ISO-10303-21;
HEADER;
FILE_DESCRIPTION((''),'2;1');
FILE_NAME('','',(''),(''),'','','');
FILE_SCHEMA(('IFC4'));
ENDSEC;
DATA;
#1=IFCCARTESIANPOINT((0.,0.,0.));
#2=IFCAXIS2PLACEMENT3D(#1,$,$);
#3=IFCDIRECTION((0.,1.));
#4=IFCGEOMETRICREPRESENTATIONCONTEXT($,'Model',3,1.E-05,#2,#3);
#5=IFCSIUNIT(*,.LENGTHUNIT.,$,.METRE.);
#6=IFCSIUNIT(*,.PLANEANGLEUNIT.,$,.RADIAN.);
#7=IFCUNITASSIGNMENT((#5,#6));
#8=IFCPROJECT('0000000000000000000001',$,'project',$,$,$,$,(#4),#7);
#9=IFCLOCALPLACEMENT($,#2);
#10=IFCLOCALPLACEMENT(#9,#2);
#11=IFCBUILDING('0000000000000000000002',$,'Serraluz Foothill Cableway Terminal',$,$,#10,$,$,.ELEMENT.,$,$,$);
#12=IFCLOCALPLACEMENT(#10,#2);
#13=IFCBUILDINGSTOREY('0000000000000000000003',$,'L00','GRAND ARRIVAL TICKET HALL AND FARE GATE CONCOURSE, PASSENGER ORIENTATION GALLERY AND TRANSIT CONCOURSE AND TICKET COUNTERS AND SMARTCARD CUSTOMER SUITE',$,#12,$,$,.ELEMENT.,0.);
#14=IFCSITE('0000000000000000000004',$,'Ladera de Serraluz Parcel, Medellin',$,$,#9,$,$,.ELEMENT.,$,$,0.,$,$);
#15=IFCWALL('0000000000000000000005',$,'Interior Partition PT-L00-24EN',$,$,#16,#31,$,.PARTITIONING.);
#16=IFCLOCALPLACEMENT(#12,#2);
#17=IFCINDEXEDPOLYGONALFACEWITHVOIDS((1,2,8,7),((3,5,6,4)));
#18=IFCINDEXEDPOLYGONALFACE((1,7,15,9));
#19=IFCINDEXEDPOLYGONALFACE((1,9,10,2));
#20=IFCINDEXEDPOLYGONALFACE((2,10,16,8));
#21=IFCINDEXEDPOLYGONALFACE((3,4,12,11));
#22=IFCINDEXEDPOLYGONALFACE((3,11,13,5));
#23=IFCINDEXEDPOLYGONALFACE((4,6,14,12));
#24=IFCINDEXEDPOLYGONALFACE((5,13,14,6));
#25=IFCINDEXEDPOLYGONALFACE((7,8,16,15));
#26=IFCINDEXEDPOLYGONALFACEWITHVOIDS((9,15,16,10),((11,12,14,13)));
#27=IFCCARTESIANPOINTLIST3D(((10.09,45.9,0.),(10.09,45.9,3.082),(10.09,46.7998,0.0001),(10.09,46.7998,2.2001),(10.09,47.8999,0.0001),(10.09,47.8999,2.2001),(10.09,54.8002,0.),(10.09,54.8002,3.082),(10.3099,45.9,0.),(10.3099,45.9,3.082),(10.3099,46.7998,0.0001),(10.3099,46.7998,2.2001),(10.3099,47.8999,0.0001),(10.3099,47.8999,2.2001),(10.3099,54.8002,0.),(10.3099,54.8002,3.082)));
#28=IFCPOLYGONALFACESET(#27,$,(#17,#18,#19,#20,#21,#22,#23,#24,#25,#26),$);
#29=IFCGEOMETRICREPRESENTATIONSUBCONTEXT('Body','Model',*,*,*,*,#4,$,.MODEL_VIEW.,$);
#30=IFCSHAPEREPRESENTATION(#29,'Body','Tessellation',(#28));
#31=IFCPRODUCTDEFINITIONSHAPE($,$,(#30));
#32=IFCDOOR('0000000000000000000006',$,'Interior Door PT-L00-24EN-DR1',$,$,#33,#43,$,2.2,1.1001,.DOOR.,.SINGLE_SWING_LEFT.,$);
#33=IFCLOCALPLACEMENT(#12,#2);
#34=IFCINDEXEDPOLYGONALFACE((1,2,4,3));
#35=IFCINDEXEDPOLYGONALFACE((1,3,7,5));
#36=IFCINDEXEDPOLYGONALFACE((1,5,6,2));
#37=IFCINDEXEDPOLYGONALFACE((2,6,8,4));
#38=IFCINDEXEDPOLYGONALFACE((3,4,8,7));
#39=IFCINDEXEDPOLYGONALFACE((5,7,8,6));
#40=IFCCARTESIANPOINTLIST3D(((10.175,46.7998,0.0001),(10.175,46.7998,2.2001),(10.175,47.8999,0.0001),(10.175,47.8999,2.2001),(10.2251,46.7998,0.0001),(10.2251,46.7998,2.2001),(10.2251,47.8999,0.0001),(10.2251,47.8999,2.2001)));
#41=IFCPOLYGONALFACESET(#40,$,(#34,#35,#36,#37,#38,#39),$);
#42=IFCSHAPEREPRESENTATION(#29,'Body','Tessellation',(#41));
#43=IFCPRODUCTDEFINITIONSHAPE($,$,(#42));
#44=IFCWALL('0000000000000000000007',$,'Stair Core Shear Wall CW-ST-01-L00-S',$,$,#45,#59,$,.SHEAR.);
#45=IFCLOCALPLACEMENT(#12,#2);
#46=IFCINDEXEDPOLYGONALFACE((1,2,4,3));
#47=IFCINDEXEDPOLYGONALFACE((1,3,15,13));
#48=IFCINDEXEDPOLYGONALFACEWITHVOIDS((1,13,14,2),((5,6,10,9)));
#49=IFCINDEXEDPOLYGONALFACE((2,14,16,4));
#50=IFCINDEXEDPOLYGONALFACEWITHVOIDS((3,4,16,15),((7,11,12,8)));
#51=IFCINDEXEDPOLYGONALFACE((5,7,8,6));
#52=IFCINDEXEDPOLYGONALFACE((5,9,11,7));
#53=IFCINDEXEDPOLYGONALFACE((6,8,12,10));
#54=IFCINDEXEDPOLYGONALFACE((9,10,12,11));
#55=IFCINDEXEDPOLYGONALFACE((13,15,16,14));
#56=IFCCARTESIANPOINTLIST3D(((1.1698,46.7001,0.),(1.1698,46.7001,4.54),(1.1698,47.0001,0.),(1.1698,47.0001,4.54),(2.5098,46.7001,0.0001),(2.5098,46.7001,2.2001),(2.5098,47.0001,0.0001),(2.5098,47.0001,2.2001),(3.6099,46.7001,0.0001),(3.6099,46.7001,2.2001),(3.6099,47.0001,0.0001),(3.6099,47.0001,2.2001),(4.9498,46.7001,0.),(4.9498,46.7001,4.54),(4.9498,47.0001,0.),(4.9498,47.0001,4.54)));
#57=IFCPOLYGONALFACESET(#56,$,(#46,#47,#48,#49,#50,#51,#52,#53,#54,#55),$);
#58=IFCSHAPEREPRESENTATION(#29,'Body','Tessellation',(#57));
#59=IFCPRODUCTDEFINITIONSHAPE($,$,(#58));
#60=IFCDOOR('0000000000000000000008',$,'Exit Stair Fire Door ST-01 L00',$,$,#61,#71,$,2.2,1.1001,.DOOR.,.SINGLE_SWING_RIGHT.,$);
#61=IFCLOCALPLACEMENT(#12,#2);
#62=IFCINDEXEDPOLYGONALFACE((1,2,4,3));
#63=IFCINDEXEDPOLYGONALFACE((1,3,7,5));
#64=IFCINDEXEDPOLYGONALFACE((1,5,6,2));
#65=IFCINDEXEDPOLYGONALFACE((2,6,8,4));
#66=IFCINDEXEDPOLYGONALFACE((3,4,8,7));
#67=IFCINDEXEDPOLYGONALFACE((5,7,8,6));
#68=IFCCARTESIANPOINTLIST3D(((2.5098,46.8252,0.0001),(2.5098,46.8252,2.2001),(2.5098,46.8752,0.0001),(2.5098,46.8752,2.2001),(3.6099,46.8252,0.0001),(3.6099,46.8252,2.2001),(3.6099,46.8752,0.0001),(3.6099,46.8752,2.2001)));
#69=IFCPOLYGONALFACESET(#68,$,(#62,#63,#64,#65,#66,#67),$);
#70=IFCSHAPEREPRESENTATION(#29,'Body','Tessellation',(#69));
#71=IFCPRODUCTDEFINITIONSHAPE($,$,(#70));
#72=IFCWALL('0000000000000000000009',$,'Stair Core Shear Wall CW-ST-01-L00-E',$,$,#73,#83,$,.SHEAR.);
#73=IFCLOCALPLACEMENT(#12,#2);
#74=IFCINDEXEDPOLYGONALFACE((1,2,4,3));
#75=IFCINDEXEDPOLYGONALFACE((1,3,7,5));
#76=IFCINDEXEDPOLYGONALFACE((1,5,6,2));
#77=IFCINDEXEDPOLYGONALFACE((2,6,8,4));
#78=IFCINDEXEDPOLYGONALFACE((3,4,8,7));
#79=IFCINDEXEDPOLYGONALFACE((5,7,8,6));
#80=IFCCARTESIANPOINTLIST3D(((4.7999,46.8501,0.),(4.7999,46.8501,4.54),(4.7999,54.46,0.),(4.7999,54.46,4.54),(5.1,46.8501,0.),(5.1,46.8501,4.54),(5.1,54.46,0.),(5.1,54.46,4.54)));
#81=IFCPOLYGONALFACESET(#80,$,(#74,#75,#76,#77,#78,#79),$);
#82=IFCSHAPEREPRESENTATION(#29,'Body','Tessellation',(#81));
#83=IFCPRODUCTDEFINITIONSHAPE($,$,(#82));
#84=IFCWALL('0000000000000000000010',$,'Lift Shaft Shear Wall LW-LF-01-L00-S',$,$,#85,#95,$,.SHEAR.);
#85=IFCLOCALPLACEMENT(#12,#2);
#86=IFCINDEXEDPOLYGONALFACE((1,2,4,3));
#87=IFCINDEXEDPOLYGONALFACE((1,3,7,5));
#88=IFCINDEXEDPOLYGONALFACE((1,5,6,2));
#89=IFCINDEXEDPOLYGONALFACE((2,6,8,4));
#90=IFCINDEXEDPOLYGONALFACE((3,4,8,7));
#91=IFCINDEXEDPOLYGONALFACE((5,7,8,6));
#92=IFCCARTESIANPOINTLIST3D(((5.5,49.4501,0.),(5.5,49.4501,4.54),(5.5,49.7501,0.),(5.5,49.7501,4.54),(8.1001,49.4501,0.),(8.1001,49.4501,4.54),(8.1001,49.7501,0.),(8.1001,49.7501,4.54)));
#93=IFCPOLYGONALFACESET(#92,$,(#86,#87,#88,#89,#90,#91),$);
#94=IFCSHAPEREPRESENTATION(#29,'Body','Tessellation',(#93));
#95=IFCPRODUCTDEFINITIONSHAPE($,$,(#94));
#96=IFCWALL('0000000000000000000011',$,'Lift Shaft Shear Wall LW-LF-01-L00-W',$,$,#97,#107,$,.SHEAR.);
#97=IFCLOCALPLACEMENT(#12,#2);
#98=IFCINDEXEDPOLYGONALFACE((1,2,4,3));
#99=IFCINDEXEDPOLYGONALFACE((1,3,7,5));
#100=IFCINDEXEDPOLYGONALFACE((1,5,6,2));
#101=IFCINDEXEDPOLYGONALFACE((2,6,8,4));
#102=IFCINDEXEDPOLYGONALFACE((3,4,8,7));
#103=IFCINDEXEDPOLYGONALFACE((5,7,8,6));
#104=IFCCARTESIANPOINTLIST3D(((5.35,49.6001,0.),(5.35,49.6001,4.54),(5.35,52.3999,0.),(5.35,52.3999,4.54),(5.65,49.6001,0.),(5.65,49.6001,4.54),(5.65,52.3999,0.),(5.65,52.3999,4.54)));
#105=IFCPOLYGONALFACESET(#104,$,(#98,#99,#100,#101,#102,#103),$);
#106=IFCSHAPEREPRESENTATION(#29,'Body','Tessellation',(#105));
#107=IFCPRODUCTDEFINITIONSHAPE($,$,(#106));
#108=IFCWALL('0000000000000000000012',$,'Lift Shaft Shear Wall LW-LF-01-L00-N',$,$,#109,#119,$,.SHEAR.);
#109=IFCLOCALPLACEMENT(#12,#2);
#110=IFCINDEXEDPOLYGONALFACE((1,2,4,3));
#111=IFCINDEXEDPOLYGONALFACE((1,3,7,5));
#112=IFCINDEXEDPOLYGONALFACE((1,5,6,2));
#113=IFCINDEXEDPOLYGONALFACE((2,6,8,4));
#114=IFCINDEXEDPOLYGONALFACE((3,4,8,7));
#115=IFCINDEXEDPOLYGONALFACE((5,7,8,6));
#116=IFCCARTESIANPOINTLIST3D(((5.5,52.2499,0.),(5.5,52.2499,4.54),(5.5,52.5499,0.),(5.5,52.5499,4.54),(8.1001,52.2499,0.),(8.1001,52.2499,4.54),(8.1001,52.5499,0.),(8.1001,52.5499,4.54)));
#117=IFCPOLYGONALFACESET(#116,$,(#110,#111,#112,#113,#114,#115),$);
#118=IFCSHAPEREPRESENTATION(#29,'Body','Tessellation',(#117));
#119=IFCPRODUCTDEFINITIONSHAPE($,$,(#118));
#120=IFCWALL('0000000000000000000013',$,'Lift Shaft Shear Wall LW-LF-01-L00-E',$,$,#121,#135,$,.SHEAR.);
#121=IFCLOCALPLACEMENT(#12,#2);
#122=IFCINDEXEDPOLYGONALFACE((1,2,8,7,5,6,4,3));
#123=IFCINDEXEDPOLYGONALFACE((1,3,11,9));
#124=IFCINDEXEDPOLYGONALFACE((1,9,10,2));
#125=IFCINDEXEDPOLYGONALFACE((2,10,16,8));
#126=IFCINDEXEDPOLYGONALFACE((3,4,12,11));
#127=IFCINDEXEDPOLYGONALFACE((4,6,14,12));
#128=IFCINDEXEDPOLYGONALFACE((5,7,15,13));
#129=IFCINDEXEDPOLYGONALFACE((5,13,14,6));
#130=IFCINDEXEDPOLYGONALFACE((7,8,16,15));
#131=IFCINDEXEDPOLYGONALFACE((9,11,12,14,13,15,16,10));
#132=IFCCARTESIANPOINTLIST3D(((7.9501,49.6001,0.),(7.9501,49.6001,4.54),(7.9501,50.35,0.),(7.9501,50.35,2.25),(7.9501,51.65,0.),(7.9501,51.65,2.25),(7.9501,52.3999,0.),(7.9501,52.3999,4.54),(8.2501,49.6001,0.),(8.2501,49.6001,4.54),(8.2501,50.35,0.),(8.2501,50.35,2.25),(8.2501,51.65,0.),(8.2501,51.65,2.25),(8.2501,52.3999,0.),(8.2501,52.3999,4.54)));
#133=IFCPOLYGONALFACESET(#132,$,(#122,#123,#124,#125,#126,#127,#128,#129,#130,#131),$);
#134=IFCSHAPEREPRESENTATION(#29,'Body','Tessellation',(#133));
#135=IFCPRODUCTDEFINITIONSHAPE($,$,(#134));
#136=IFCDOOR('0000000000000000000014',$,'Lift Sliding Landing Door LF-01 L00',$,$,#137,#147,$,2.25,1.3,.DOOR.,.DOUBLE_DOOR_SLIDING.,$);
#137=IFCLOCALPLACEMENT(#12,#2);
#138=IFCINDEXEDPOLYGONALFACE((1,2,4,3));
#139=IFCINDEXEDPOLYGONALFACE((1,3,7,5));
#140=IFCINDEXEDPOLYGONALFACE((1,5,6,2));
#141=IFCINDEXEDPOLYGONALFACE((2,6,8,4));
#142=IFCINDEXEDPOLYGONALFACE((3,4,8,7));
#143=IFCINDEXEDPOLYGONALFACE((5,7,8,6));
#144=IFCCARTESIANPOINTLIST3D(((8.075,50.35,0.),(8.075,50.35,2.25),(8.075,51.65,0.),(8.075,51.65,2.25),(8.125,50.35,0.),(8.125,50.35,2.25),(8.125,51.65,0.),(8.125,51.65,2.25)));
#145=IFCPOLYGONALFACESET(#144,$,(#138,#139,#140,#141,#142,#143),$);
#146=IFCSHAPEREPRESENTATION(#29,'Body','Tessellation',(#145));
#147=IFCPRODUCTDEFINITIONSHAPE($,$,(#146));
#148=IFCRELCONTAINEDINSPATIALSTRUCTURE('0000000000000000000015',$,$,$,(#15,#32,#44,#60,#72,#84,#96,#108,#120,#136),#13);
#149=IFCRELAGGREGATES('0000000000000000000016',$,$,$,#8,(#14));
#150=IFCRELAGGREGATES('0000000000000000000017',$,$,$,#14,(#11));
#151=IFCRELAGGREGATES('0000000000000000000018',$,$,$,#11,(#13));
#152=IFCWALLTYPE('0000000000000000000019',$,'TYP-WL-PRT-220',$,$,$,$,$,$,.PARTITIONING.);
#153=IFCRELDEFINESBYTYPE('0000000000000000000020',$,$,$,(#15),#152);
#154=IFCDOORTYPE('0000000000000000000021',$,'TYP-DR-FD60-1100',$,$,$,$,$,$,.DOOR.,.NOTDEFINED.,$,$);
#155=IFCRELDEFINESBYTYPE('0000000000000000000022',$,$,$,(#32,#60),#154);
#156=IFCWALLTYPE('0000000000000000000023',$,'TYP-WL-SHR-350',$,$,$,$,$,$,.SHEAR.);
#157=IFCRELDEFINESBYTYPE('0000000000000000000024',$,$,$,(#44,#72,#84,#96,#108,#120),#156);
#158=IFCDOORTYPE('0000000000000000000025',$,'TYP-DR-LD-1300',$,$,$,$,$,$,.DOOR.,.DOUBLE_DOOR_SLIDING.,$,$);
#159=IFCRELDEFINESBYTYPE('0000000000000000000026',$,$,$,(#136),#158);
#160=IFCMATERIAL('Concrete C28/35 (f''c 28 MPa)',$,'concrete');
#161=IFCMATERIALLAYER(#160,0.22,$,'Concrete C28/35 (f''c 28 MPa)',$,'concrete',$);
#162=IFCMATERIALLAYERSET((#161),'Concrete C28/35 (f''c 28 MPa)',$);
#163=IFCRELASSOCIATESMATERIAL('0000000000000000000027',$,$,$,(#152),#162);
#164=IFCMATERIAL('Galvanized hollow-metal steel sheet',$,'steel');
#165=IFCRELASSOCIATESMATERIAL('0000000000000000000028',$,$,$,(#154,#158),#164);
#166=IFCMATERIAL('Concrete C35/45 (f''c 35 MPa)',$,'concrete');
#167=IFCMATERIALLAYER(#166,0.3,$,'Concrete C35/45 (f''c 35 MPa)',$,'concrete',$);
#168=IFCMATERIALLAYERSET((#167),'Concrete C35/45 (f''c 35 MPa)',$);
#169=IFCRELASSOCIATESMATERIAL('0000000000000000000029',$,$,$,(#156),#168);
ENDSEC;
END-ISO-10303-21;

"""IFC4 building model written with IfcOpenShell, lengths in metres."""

from ifc_helpers import new_model, si_unit, direction, frame, frame_2d, origin, place, context, subcontext, project, spatial, rectangle, extrude, material, layer, layer_set, type_object, element, fill, save


model = new_model("IFC4")

# Units and contexts
model_context = context("Model", 3, precision=1e-05, world=origin(), true_north=direction((0.0, 1.0)))
body_context = subcontext(model_context, "Body", "Model", "MODEL_VIEW")
ifc_project = project(units=[si_unit("LENGTHUNIT", "METRE"), si_unit("PLANEANGLEUNIT", "RADIAN")], contexts=[model_context])

# Site, building, storey
site_placement = place(None, origin())
site = spatial("IfcSite", under=ifc_project, at=site_placement, Name="Ladera de Serraluz Parcel, Medellin", CompositionType="ELEMENT", RefElevation=0.0)
building_placement = place(site_placement, origin())
building = spatial("IfcBuilding", under=site, at=building_placement, Name="Serraluz Foothill Cableway Terminal", CompositionType="ELEMENT")
storey_placement = place(building_placement, origin())
storey = spatial("IfcBuildingStorey", under=building, at=storey_placement, Name="L00", Description="GRAND ARRIVAL TICKET HALL AND FARE GATE CONCOURSE, PASSENGER ORIENTATION GALLERY AND TRANSIT CONCOURSE AND TICKET COUNTERS AND SMARTCARD CUSTOMER SUITE", CompositionType="ELEMENT", Elevation=0.0)

# Shared definitions
ifc_material_1 = material(Name="Concrete C28/35 (f'c 28 MPa)", Category="concrete")

# Shared definitions
ifc_material_2 = material(Name="Concrete C35/45 (f'c 35 MPa)", Category="concrete")

# Walls, openings, doors
ifc_layer_1 = layer(ifc_material_1, 0.22, Name="Concrete C28/35 (f'c 28 MPa)", Category="concrete")
ifc_layer_set_1 = layer_set([ifc_layer_1], Name="Concrete C28/35 (f'c 28 MPa)")
wall_type_1 = type_object("IfcWallType", Name="TYP-WL-PRT-220", PredefinedType="PARTITIONING", material=ifc_layer_set_1)
wall_1_placement = place(storey_placement, frame((10.2, 45.8999, 0.0), z_axis=(0.0, 0.0, 1.0), x_axis=(0.0, 1.0, 0.0)))
wall_1 = element("IfcWall", 1, at=wall_1_placement, inside=storey, type_object=wall_type_1, Name="Interior Partition PT-L00-24EN", PredefinedType="PARTITIONING", context=body_context, shape_type="SweptSolid", body=[
    extrude(rectangle(XDim=8.9001, YDim=0.22, at=frame_2d((4.4502, 0.0))), origin(), (0.0, 0.0, 1.0), 3.082),
])
opening_1_placement = place(wall_1_placement, frame((0.8999, 0.0, 0.0)))
opening_1 = element("IfcOpeningElement", 2, at=opening_1_placement, cuts=wall_1, PredefinedType="OPENING", context=body_context, shape_type="SweptSolid", body=[
    extrude(rectangle(XDim=1.1001, YDim=2.2, at=frame_2d((0.55, 1.1001))), frame((0.0, 0.1201, 0.0), z_axis=(0.0, -1.0, 0.0), x_axis=(1.0, 0.0, 0.0)), (0.0, 0.0, 1.0), 0.24),
])
ifc_material_3 = material(Name="Galvanized hollow-metal steel sheet", Category="steel")
door_type_1 = type_object("IfcDoorType", Name="TYP-DR-FD60-1100", OperationType="NOTDEFINED", PredefinedType="DOOR", material=ifc_material_3)
door_1_placement = place(opening_1_placement, origin())
door_1 = element("IfcDoor", 3, at=door_1_placement, inside=storey, type_object=door_type_1, Name="Interior Door PT-L00-24EN-DR1", OperationType="SINGLE_SWING_LEFT", OverallHeight=2.2, OverallWidth=1.1001, PredefinedType="DOOR", context=body_context, shape_type="SweptSolid", body=[
    extrude(rectangle(XDim=1.1001, YDim=2.2, at=frame_2d((0.55, 1.1001))), frame((0.0, 0.0249, 0.0), z_axis=(0.0, -1.0, 0.0), x_axis=(1.0, 0.0, 0.0)), (0.0, 0.0, 1.0), 0.05),
])
fill(opening_1, door_1)
ifc_layer_2 = layer(ifc_material_2, 0.3, Name="Concrete C35/45 (f'c 35 MPa)", Category="concrete")
ifc_layer_set_2 = layer_set([ifc_layer_2], Name="Concrete C35/45 (f'c 35 MPa)")
wall_type_2 = type_object("IfcWallType", Name="TYP-WL-SHR-350", PredefinedType="SHEAR", material=ifc_layer_set_2)
wall_2_placement = place(storey_placement, frame((4.95, 46.8501, 0.0), z_axis=(0.0, 0.0, 1.0), x_axis=(-1.0, 0.0, 0.0)))
wall_2 = element("IfcWall", 4, at=wall_2_placement, inside=storey, type_object=wall_type_2, Name="Stair Core Shear Wall CW-ST-01-L00-S", PredefinedType="SHEAR", context=body_context, shape_type="SweptSolid", body=[
    extrude(rectangle(XDim=3.78, YDim=0.3, at=frame_2d((1.8901, 0.0))), origin(), (0.0, 0.0, 1.0), 4.54),
])
opening_2_placement = place(wall_2_placement, frame((1.3401, 0.0, 0.0)))
opening_2 = element("IfcOpeningElement", 5, at=opening_2_placement, cuts=wall_2, PredefinedType="OPENING", context=body_context, shape_type="SweptSolid", body=[
    extrude(rectangle(XDim=1.1001, YDim=2.2, at=frame_2d((0.55, 1.1001))), frame((0.0, 0.1602, 0.0), z_axis=(0.0, -1.0, 0.0), x_axis=(1.0, 0.0, 0.0)), (0.0, 0.0, 1.0), 0.3201),
])
door_2_placement = place(opening_2_placement, origin())
door_2 = element("IfcDoor", 6, at=door_2_placement, inside=storey, type_object=door_type_1, Name="Exit Stair Fire Door ST-01 L00", OperationType="SINGLE_SWING_RIGHT", OverallHeight=2.2, OverallWidth=1.1001, PredefinedType="DOOR", context=body_context, shape_type="SweptSolid", body=[
    extrude(rectangle(XDim=1.1001, YDim=2.2, at=frame_2d((0.55, 1.1001))), frame((0.0, 0.0249, 0.0), z_axis=(0.0, -1.0, 0.0), x_axis=(1.0, 0.0, 0.0)), (0.0, 0.0, 1.0), 0.05),
])
fill(opening_2, door_2)

# Walls
wall_3_placement = place(storey_placement, frame((4.95, 54.46, 0.0), z_axis=(0.0, 0.0, 1.0), x_axis=(0.0, -1.0, 0.0)))
element("IfcWall", 7, at=wall_3_placement, inside=storey, type_object=wall_type_2, Name="Stair Core Shear Wall CW-ST-01-L00-E", PredefinedType="SHEAR", context=body_context, shape_type="SweptSolid", body=[
    extrude(rectangle(XDim=7.6099, YDim=0.3, at=frame_2d((3.8049, 0.0))), origin(), (0.0, 0.0, 1.0), 4.54),
])
wall_4_placement = place(storey_placement, frame((8.1001, 49.6001, 0.0), z_axis=(0.0, 0.0, 1.0), x_axis=(-1.0, 0.0, 0.0)))
element("IfcWall", 8, at=wall_4_placement, inside=storey, type_object=wall_type_2, Name="Lift Shaft Shear Wall LW-LF-01-L00-S", PredefinedType="SHEAR", context=body_context, shape_type="SweptSolid", body=[
    extrude(rectangle(XDim=2.6001, YDim=0.3, at=frame_2d((1.3, 0.0))), origin(), (0.0, 0.0, 1.0), 4.54),
])
wall_5_placement = place(storey_placement, frame((5.5, 49.6001, 0.0), z_axis=(0.0, 0.0, 1.0), x_axis=(0.0, 1.0, 0.0)))
element("IfcWall", 9, at=wall_5_placement, inside=storey, type_object=wall_type_2, Name="Lift Shaft Shear Wall LW-LF-01-L00-W", PredefinedType="SHEAR", context=body_context, shape_type="SweptSolid", body=[
    extrude(rectangle(XDim=2.7998, YDim=0.3, at=frame_2d((1.3999, 0.0))), origin(), (0.0, 0.0, 1.0), 4.54),
])
wall_6_placement = place(storey_placement, frame((5.5, 52.3999, 0.0), z_axis=(0.0, 0.0, 1.0), x_axis=(1.0, 0.0, 0.0)))
element("IfcWall", 10, at=wall_6_placement, inside=storey, type_object=wall_type_2, Name="Lift Shaft Shear Wall LW-LF-01-L00-N", PredefinedType="SHEAR", context=body_context, shape_type="SweptSolid", body=[
    extrude(rectangle(XDim=2.6001, YDim=0.3, at=frame_2d((1.3, 0.0))), origin(), (0.0, 0.0, 1.0), 4.54),
])

# Wall, opening, door
wall_7_placement = place(storey_placement, frame((8.1001, 52.3999, 0.0), z_axis=(0.0, 0.0, 1.0), x_axis=(0.0, -1.0, 0.0)))
wall_7 = element("IfcWall", 11, at=wall_7_placement, inside=storey, type_object=wall_type_2, Name="Lift Shaft Shear Wall LW-LF-01-L00-E", PredefinedType="SHEAR", context=body_context, shape_type="SweptSolid", body=[
    extrude(rectangle(XDim=2.7998, YDim=0.3, at=frame_2d((1.3999, 0.0))), origin(), (0.0, 0.0, 1.0), 4.54),
])
opening_3_placement = place(wall_7_placement, frame((0.75, 0.0, 0.0)))
opening_3 = element("IfcOpeningElement", 12, at=opening_3_placement, cuts=wall_7, PredefinedType="OPENING", context=body_context, shape_type="SweptSolid", body=[
    extrude(rectangle(XDim=1.3, YDim=2.25, at=frame_2d((0.6499, 1.125))), frame((0.0, 0.1602, 0.0), z_axis=(0.0, -1.0, 0.0), x_axis=(1.0, 0.0, 0.0)), (0.0, 0.0, 1.0), 0.3201),
])
door_type_2 = type_object("IfcDoorType", Name="TYP-DR-LD-1300", OperationType="DOUBLE_DOOR_SLIDING", PredefinedType="DOOR", material=ifc_material_3)
door_3_placement = place(opening_3_placement, origin())
door_3 = element("IfcDoor", 13, at=door_3_placement, inside=storey, type_object=door_type_2, Name="Lift Sliding Landing Door LF-01 L00", OperationType="DOUBLE_DOOR_SLIDING", OverallHeight=2.25, OverallWidth=1.3, PredefinedType="DOOR", context=body_context, shape_type="SweptSolid", body=[
    extrude(rectangle(XDim=1.3, YDim=2.25, at=frame_2d((0.6499, 1.125))), frame((0.0, 0.0249, 0.0), z_axis=(0.0, -1.0, 0.0), x_axis=(1.0, 0.0, 0.0)), (0.0, 0.0, 1.0), 0.05),
])
fill(opening_3, door_3)

save(model, "model.ifc")
